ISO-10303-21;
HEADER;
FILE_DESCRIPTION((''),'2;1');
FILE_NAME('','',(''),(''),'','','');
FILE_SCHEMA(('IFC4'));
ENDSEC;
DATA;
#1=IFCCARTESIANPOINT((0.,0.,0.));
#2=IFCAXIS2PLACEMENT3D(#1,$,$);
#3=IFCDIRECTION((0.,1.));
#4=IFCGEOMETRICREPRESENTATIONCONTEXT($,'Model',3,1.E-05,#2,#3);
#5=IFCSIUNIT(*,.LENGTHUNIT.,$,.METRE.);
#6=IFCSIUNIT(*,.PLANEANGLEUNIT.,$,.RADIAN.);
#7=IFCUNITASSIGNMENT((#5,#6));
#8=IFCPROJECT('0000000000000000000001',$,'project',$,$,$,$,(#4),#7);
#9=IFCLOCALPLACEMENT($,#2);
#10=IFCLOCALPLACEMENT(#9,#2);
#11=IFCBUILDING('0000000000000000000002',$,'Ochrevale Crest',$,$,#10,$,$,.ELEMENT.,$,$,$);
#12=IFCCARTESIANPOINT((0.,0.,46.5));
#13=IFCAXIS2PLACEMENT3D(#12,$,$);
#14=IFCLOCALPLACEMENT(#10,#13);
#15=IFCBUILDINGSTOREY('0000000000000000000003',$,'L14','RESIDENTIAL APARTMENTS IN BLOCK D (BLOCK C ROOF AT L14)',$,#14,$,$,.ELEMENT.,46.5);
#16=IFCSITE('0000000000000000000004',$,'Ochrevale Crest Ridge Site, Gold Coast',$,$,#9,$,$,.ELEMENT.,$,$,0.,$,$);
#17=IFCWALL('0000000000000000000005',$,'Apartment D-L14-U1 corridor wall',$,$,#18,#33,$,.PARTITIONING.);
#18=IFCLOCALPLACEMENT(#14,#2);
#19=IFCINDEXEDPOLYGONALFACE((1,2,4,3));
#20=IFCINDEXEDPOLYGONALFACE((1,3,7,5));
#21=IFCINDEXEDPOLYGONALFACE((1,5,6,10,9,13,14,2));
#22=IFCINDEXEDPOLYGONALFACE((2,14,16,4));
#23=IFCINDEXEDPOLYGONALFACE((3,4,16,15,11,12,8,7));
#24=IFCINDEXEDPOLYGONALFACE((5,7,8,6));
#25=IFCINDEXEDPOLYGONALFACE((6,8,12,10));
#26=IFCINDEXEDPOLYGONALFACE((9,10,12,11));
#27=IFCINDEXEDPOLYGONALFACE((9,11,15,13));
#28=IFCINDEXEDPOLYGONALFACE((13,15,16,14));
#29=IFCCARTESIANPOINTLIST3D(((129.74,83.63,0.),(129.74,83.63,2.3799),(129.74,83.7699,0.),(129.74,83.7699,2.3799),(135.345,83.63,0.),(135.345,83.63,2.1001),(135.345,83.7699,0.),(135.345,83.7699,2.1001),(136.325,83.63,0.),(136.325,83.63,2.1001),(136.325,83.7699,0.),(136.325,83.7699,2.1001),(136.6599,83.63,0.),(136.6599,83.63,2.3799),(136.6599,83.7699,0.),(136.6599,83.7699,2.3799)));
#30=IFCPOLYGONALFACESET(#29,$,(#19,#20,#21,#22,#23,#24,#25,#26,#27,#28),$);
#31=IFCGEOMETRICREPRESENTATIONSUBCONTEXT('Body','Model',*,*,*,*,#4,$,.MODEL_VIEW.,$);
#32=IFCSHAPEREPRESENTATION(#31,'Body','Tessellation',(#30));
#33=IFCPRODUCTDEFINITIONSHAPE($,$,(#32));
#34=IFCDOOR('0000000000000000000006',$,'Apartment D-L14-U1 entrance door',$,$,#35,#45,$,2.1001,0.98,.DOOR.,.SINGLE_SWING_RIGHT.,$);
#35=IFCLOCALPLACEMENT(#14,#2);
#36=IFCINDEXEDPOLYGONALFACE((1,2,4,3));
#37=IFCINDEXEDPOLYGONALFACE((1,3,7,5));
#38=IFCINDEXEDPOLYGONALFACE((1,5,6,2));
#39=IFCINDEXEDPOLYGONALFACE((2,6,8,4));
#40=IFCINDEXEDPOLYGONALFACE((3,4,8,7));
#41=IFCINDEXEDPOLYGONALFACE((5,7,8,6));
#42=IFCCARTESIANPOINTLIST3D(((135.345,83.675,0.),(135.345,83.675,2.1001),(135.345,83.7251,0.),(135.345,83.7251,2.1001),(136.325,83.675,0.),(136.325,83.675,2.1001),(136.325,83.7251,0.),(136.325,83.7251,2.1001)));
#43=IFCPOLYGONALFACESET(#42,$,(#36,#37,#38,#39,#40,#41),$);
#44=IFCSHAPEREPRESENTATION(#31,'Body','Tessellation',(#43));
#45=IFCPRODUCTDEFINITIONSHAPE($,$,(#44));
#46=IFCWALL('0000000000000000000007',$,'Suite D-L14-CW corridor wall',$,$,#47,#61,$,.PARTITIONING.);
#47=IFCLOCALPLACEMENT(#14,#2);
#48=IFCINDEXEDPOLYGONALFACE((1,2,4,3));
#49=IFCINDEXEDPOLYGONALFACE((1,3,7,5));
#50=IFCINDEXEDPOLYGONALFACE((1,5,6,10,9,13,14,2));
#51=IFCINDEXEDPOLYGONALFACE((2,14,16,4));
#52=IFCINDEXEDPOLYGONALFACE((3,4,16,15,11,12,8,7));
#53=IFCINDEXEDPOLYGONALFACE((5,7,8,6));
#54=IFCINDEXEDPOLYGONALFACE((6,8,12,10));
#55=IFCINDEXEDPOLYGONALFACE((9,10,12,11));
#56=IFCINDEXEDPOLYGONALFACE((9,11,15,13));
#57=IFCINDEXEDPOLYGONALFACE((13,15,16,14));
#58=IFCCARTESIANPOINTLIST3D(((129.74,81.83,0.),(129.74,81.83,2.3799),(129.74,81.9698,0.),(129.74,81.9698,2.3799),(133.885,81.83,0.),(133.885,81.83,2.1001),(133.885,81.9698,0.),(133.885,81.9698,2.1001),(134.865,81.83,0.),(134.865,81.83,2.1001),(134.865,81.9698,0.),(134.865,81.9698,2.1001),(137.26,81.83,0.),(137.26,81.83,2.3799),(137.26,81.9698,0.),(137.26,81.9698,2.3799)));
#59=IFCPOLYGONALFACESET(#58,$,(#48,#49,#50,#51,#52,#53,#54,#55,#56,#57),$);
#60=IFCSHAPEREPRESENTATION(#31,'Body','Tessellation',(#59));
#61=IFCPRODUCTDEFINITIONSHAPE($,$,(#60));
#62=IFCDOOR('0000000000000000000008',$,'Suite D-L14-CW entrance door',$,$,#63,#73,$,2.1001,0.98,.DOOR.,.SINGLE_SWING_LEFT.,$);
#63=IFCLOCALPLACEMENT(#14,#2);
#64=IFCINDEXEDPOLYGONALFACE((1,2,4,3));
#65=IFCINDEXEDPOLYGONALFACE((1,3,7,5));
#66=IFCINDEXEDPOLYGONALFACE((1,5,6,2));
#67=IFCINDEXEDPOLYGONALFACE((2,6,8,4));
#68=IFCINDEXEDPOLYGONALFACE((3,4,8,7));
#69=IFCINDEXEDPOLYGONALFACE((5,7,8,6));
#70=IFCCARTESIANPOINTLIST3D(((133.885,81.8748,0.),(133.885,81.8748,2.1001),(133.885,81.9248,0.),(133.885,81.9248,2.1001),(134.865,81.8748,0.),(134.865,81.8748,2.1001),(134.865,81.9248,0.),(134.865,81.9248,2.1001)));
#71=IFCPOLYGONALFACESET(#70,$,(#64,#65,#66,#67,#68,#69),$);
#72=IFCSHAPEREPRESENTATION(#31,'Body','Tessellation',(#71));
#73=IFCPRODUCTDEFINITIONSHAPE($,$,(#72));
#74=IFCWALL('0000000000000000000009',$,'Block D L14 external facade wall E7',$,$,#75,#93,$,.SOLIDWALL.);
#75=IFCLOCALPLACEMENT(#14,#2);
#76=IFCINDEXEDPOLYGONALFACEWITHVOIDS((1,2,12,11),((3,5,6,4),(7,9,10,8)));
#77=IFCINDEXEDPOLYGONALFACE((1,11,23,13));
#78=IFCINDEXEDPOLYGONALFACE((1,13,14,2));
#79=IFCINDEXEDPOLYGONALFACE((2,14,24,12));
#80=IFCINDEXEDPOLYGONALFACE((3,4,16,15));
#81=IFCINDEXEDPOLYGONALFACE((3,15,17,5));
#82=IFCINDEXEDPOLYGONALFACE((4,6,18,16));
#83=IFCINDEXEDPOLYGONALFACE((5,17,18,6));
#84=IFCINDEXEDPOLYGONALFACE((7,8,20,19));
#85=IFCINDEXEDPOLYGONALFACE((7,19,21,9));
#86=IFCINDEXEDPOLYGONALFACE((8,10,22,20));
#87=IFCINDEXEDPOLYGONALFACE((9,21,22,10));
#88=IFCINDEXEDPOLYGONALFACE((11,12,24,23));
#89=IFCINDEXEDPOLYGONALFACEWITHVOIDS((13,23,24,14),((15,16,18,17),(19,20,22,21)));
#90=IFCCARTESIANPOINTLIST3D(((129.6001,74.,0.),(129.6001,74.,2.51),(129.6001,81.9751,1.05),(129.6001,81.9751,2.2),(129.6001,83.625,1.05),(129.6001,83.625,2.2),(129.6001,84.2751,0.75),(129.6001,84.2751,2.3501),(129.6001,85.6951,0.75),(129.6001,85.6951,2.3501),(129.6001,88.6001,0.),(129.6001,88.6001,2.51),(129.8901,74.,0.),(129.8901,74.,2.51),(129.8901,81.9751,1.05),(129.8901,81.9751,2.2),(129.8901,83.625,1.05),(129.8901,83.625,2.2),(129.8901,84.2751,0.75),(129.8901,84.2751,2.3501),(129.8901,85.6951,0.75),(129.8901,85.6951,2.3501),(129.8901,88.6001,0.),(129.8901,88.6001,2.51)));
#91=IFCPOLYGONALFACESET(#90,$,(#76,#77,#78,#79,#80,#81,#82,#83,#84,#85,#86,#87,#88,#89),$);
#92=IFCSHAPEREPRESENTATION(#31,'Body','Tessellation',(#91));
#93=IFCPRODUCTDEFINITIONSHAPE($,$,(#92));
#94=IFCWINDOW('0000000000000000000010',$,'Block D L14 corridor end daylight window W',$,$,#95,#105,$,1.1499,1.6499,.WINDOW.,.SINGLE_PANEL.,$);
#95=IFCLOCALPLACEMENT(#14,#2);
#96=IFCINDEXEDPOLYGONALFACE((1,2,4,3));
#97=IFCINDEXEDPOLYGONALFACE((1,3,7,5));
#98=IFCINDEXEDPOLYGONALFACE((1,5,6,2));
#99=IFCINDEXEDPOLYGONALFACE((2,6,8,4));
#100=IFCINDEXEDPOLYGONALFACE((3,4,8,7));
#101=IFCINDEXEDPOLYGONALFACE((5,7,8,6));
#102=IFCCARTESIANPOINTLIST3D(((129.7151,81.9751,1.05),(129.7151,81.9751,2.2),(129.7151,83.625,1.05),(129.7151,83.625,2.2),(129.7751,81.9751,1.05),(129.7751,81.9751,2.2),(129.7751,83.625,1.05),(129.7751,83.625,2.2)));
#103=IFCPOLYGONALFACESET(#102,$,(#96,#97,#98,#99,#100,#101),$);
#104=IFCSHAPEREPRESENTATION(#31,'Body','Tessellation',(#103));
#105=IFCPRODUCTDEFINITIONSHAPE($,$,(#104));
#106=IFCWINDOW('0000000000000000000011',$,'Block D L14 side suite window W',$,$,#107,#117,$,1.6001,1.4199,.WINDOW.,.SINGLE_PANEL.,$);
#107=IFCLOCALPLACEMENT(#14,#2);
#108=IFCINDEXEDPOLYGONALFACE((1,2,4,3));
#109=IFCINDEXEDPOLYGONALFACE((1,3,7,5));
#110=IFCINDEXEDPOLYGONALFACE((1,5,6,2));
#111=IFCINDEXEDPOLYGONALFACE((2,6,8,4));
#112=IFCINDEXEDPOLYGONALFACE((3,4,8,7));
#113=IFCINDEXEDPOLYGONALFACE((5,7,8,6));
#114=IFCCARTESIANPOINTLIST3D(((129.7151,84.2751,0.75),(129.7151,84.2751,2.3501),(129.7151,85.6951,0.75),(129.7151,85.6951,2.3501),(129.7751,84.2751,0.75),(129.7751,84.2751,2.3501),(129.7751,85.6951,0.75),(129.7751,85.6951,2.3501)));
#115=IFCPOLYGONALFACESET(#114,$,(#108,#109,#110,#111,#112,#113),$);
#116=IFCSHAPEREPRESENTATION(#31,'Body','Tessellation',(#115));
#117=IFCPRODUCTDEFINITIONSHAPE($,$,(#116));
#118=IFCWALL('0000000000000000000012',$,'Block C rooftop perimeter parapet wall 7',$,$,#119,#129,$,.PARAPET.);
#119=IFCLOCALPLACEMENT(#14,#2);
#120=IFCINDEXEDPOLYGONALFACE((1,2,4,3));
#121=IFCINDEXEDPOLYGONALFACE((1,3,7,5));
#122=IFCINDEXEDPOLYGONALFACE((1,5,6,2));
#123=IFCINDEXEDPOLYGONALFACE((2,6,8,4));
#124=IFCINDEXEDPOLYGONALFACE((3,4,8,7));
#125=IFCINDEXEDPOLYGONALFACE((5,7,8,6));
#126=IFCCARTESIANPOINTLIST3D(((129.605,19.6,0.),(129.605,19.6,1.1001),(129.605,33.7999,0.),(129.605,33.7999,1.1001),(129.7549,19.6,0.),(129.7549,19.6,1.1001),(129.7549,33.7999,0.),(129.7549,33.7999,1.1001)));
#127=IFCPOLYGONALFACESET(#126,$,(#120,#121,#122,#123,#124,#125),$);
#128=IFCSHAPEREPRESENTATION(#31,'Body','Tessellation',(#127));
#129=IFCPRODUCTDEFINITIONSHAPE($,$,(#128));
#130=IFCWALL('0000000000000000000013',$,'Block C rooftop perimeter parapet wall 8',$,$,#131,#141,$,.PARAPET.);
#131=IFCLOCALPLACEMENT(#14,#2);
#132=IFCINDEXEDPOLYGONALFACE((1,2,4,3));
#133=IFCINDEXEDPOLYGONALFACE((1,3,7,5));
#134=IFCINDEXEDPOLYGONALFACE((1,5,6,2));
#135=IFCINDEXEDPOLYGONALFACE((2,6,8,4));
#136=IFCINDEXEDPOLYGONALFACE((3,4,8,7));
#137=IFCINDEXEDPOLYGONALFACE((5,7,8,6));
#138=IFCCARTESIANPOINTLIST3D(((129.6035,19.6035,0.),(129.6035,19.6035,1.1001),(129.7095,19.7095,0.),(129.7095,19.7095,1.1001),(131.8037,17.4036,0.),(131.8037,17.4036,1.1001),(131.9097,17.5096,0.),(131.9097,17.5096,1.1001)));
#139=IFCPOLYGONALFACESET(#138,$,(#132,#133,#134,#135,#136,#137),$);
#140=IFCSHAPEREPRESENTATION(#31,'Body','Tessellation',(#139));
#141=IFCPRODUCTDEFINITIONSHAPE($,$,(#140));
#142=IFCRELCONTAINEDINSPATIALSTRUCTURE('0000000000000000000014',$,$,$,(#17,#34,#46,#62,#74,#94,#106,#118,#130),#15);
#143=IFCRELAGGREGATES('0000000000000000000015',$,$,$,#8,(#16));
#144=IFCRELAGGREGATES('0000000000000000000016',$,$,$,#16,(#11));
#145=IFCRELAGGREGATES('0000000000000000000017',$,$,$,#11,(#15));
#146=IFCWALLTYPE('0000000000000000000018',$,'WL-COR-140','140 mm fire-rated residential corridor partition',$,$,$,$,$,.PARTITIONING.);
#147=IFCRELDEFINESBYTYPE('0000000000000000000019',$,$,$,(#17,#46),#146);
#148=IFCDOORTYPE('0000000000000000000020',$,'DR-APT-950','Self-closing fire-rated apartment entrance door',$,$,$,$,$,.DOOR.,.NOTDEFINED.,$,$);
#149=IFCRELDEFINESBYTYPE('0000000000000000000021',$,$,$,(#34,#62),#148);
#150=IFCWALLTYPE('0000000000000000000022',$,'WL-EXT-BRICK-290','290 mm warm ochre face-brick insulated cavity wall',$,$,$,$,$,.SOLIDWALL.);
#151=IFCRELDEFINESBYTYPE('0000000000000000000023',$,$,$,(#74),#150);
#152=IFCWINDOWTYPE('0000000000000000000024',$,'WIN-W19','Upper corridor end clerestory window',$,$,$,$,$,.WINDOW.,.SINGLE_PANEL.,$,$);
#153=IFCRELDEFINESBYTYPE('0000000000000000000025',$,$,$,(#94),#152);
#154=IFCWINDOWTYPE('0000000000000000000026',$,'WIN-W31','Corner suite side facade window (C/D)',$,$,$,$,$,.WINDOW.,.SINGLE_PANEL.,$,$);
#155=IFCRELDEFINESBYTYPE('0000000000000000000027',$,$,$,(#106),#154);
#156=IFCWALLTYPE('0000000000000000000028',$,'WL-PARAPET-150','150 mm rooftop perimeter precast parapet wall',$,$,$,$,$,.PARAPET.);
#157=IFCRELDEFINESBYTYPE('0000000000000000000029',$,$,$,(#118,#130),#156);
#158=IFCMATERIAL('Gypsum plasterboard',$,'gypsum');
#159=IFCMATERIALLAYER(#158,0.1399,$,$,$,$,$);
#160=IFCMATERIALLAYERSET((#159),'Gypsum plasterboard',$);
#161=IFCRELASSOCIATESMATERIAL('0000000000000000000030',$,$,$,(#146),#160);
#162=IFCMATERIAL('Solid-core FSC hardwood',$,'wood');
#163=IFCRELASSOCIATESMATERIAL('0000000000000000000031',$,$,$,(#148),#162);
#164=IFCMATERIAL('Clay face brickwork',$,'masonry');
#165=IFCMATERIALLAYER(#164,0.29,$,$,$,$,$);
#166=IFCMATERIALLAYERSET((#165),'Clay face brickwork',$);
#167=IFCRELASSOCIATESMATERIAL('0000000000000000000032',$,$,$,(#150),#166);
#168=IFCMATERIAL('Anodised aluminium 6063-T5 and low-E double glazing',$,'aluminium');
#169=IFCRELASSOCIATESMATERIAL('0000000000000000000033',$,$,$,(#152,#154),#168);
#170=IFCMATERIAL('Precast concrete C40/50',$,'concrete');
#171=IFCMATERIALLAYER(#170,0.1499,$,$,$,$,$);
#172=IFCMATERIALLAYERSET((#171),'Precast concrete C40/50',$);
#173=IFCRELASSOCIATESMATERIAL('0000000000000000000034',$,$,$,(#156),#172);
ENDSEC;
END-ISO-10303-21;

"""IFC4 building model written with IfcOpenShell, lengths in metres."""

from ifc_helpers import new_model, si_unit, direction, frame, frame_2d, origin, place, context, subcontext, project, spatial, rectangle, extrude, material, layer, layer_set, type_object, element, fill, save


model = new_model("IFC4")

# Units and contexts
model_context = context("Model", 3, precision=1e-05, world=origin(), true_north=direction((0.0, 1.0)))
body_context = subcontext(model_context, "Body", "Model", "MODEL_VIEW")
ifc_project = project(units=[si_unit("LENGTHUNIT", "METRE"), si_unit("PLANEANGLEUNIT", "RADIAN")], contexts=[model_context])

# Site, building, storey
site_placement = place(None, origin())
site = spatial("IfcSite", under=ifc_project, at=site_placement, Name="Ochrevale Crest Ridge Site, Gold Coast", CompositionType="ELEMENT", RefElevation=0.0)
building_placement = place(site_placement, origin())
building = spatial("IfcBuilding", under=site, at=building_placement, Name="Ochrevale Crest", CompositionType="ELEMENT")
storey_placement = place(building_placement, frame((0.0, 0.0, 46.5)))
storey = spatial("IfcBuildingStorey", under=building, at=storey_placement, Name="L14", Description="RESIDENTIAL APARTMENTS IN BLOCK D (BLOCK C ROOF AT L14)", CompositionType="ELEMENT", Elevation=46.5)

# Walls, openings, doors
ifc_material_1 = material(Name="Gypsum plasterboard", Category="gypsum")
ifc_layer_1 = layer(ifc_material_1, 0.1399)
ifc_layer_set_1 = layer_set([ifc_layer_1], Name="Gypsum plasterboard")
wall_type_1 = type_object("IfcWallType", Name="WL-COR-140", Description="140 mm fire-rated residential corridor partition", PredefinedType="PARTITIONING", material=ifc_layer_set_1)
wall_1_placement = place(storey_placement, frame((129.74, 83.7, 0.0), z_axis=(0.0, 0.0, 1.0), x_axis=(1.0, 0.0, 0.0)))
wall_1 = element("IfcWall", 1, at=wall_1_placement, inside=storey, type_object=wall_type_1, Name="Apartment D-L14-U1 corridor wall", PredefinedType="PARTITIONING", context=body_context, shape_type="SweptSolid", body=[
    extrude(rectangle(XDim=6.9199, YDim=0.1399, at=frame_2d((3.46, 0.0))), origin(), (0.0, 0.0, 1.0), 2.3799),
])
opening_1_placement = place(wall_1_placement, frame((6.585, 0.0, 0.0), z_axis=(0.0, 0.0, 1.0), x_axis=(-1.0, 0.0, 0.0)))
opening_1 = element("IfcOpeningElement", 2, at=opening_1_placement, cuts=wall_1, PredefinedType="OPENING", context=body_context, shape_type="SweptSolid", body=[
    extrude(rectangle(XDim=0.98, YDim=2.1001, at=frame_2d((0.49, 1.05))), frame((0.0, 0.0801, 0.0), z_axis=(0.0, -1.0, 0.0), x_axis=(1.0, 0.0, 0.0)), (0.0, 0.0, 1.0), 0.1599),
])
ifc_material_2 = material(Name="Solid-core FSC hardwood", Category="wood")
door_type_1 = type_object("IfcDoorType", Name="DR-APT-950", Description="Self-closing fire-rated apartment entrance door", OperationType="NOTDEFINED", PredefinedType="DOOR", material=ifc_material_2)
door_1_placement = place(opening_1_placement, origin())
door_1 = element("IfcDoor", 3, at=door_1_placement, inside=storey, type_object=door_type_1, Name="Apartment D-L14-U1 entrance door", OperationType="SINGLE_SWING_RIGHT", OverallHeight=2.1001, OverallWidth=0.98, PredefinedType="DOOR", context=body_context, shape_type="SweptSolid", body=[
    extrude(rectangle(XDim=0.98, YDim=2.1001, at=frame_2d((0.49, 1.05))), frame((0.0, 0.0249, 0.0), z_axis=(0.0, -1.0, 0.0), x_axis=(1.0, 0.0, 0.0)), (0.0, 0.0, 1.0), 0.05),
])
fill(opening_1, door_1)
wall_2_placement = place(storey_placement, frame((129.74, 81.8999, 0.0), z_axis=(0.0, 0.0, 1.0), x_axis=(1.0, 0.0, 0.0)))
wall_2 = element("IfcWall", 4, at=wall_2_placement, inside=storey, type_object=wall_type_1, Name="Suite D-L14-CW corridor wall", PredefinedType="PARTITIONING", context=body_context, shape_type="SweptSolid", body=[
    extrude(rectangle(XDim=7.52, YDim=0.1399, at=frame_2d((3.76, 0.0))), origin(), (0.0, 0.0, 1.0), 2.3799),
])
opening_2_placement = place(wall_2_placement, frame((4.145, 0.0, 0.0)))
opening_2 = element("IfcOpeningElement", 5, at=opening_2_placement, cuts=wall_2, PredefinedType="OPENING", context=body_context, shape_type="SweptSolid", body=[
    extrude(rectangle(XDim=0.98, YDim=2.1001, at=frame_2d((0.49, 1.05))), frame((0.0, 0.0801, 0.0), z_axis=(0.0, -1.0, 0.0), x_axis=(1.0, 0.0, 0.0)), (0.0, 0.0, 1.0), 0.1599),
])
door_2_placement = place(opening_2_placement, origin())
door_2 = element("IfcDoor", 6, at=door_2_placement, inside=storey, type_object=door_type_1, Name="Suite D-L14-CW entrance door", OperationType="SINGLE_SWING_LEFT", OverallHeight=2.1001, OverallWidth=0.98, PredefinedType="DOOR", context=body_context, shape_type="SweptSolid", body=[
    extrude(rectangle(XDim=0.98, YDim=2.1001, at=frame_2d((0.49, 1.05))), frame((0.0, 0.0249, 0.0), z_axis=(0.0, -1.0, 0.0), x_axis=(1.0, 0.0, 0.0)), (0.0, 0.0, 1.0), 0.05),
])
fill(opening_2, door_2)

# Wall, openings, windows
ifc_material_3 = material(Name="Clay face brickwork", Category="masonry")
ifc_layer_2 = layer(ifc_material_3, 0.29)
ifc_layer_set_2 = layer_set([ifc_layer_2], Name="Clay face brickwork")
wall_type_2 = type_object("IfcWallType", Name="WL-EXT-BRICK-290", Description="290 mm warm ochre face-brick insulated cavity wall", PredefinedType="SOLIDWALL", material=ifc_layer_set_2)
wall_3_placement = place(storey_placement, frame((129.7451, 88.6001, 0.0), z_axis=(0.0, 0.0, 1.0), x_axis=(0.0, -1.0, 0.0)))
wall_3 = element("IfcWall", 7, at=wall_3_placement, inside=storey, type_object=wall_type_2, Name="Block D L14 external facade wall E7", PredefinedType="SOLIDWALL", context=body_context, shape_type="SweptSolid", body=[
    extrude(rectangle(XDim=14.6001, YDim=0.29, at=frame_2d((7.3, 0.0))), origin(), (0.0, 0.0, 1.0), 2.51),
])
opening_3_placement = place(wall_3_placement, frame((4.9751, 0.0, 1.05)))
opening_3 = element("IfcOpeningElement", 8, at=opening_3_placement, cuts=wall_3, PredefinedType="OPENING", context=body_context, shape_type="SweptSolid", body=[
    extrude(rectangle(XDim=1.6499, YDim=1.1499, at=frame_2d((0.825, 0.575))), frame((0.0, 0.155, 0.0), z_axis=(0.0, -1.0, 0.0), x_axis=(1.0, 0.0, 0.0)), (0.0, 0.0, 1.0), 0.3101),
])
opening_4_placement = place(wall_3_placement, frame((2.905, 0.0, 0.75)))
opening_4 = element("IfcOpeningElement", 9, at=opening_4_placement, cuts=wall_3, PredefinedType="OPENING", context=body_context, shape_type="SweptSolid", body=[
    extrude(rectangle(XDim=1.4199, YDim=1.6001, at=frame_2d((0.71, 0.8))), frame((0.0, 0.155, 0.0), z_axis=(0.0, -1.0, 0.0), x_axis=(1.0, 0.0, 0.0)), (0.0, 0.0, 1.0), 0.3101),
])
ifc_material_4 = material(Name="Anodised aluminium 6063-T5 and low-E double glazing", Category="aluminium")
window_type_1 = type_object("IfcWindowType", Name="WIN-W19", Description="Upper corridor end clerestory window", PartitioningType="SINGLE_PANEL", PredefinedType="WINDOW", material=ifc_material_4)
window_1_placement = place(opening_3_placement, origin())
window_1 = element("IfcWindow", 10, at=window_1_placement, inside=storey, type_object=window_type_1, Name="Block D L14 corridor end daylight window W", OverallHeight=1.1499, OverallWidth=1.6499, PartitioningType="SINGLE_PANEL", PredefinedType="WINDOW", context=body_context, shape_type="SweptSolid", body=[
    extrude(rectangle(XDim=1.6499, YDim=1.1499, at=frame_2d((0.825, 0.575))), frame((0.0, 0.03, 0.0), z_axis=(0.0, -1.0, 0.0), x_axis=(1.0, 0.0, 0.0)), (0.0, 0.0, 1.0), 0.0601),
])
fill(opening_3, window_1)
window_type_2 = type_object("IfcWindowType", Name="WIN-W31", Description="Corner suite side facade window (C/D)", PartitioningType="SINGLE_PANEL", PredefinedType="WINDOW", material=ifc_material_4)
window_2_placement = place(opening_4_placement, origin())
window_2 = element("IfcWindow", 11, at=window_2_placement, inside=storey, type_object=window_type_2, Name="Block D L14 side suite window W", OverallHeight=1.6001, OverallWidth=1.4199, PartitioningType="SINGLE_PANEL", PredefinedType="WINDOW", context=body_context, shape_type="SweptSolid", body=[
    extrude(rectangle(XDim=1.4199, YDim=1.6001, at=frame_2d((0.71, 0.8))), frame((0.0, 0.03, 0.0), z_axis=(0.0, -1.0, 0.0), x_axis=(1.0, 0.0, 0.0)), (0.0, 0.0, 1.0), 0.0601),
])
fill(opening_4, window_2)

# Walls
ifc_material_5 = material(Name="Precast concrete C40/50", Category="concrete")
ifc_layer_3 = layer(ifc_material_5, 0.1499)
ifc_layer_set_3 = layer_set([ifc_layer_3], Name="Precast concrete C40/50")
wall_type_3 = type_object("IfcWallType", Name="WL-PARAPET-150", Description="150 mm rooftop perimeter precast parapet wall", PredefinedType="PARAPET", material=ifc_layer_set_3)
wall_4_placement = place(storey_placement, frame((129.6799, 33.8, 0.0), z_axis=(0.0, 0.0, 1.0), x_axis=(0.0, -1.0, 0.0)))
element("IfcWall", 12, at=wall_4_placement, inside=storey, type_object=wall_type_3, Name="Block C rooftop perimeter parapet wall 7", PredefinedType="PARAPET", context=body_context, shape_type="SweptSolid", body=[
    extrude(rectangle(XDim=14.2, YDim=0.1499, at=frame_2d((7.1001, 0.0))), origin(), (0.0, 0.0, 1.0), 1.1001),
])
wall_5_placement = place(storey_placement, frame((129.6565, 19.6565, 0.0), z_axis=(0.0, 0.0, 1.0), x_axis=(0.707146, -0.707068, 0.0)))
element("IfcWall", 13, at=wall_5_placement, inside=storey, type_object=wall_type_3, Name="Block C rooftop perimeter parapet wall 8", PredefinedType="PARAPET", context=body_context, shape_type="SweptSolid", body=[
    extrude(rectangle(XDim=3.1113, YDim=0.1499, at=frame_2d((1.5557, 0.0))), origin(), (0.0, 0.0, 1.0), 1.1001),
])

save(model, "model.ifc")
